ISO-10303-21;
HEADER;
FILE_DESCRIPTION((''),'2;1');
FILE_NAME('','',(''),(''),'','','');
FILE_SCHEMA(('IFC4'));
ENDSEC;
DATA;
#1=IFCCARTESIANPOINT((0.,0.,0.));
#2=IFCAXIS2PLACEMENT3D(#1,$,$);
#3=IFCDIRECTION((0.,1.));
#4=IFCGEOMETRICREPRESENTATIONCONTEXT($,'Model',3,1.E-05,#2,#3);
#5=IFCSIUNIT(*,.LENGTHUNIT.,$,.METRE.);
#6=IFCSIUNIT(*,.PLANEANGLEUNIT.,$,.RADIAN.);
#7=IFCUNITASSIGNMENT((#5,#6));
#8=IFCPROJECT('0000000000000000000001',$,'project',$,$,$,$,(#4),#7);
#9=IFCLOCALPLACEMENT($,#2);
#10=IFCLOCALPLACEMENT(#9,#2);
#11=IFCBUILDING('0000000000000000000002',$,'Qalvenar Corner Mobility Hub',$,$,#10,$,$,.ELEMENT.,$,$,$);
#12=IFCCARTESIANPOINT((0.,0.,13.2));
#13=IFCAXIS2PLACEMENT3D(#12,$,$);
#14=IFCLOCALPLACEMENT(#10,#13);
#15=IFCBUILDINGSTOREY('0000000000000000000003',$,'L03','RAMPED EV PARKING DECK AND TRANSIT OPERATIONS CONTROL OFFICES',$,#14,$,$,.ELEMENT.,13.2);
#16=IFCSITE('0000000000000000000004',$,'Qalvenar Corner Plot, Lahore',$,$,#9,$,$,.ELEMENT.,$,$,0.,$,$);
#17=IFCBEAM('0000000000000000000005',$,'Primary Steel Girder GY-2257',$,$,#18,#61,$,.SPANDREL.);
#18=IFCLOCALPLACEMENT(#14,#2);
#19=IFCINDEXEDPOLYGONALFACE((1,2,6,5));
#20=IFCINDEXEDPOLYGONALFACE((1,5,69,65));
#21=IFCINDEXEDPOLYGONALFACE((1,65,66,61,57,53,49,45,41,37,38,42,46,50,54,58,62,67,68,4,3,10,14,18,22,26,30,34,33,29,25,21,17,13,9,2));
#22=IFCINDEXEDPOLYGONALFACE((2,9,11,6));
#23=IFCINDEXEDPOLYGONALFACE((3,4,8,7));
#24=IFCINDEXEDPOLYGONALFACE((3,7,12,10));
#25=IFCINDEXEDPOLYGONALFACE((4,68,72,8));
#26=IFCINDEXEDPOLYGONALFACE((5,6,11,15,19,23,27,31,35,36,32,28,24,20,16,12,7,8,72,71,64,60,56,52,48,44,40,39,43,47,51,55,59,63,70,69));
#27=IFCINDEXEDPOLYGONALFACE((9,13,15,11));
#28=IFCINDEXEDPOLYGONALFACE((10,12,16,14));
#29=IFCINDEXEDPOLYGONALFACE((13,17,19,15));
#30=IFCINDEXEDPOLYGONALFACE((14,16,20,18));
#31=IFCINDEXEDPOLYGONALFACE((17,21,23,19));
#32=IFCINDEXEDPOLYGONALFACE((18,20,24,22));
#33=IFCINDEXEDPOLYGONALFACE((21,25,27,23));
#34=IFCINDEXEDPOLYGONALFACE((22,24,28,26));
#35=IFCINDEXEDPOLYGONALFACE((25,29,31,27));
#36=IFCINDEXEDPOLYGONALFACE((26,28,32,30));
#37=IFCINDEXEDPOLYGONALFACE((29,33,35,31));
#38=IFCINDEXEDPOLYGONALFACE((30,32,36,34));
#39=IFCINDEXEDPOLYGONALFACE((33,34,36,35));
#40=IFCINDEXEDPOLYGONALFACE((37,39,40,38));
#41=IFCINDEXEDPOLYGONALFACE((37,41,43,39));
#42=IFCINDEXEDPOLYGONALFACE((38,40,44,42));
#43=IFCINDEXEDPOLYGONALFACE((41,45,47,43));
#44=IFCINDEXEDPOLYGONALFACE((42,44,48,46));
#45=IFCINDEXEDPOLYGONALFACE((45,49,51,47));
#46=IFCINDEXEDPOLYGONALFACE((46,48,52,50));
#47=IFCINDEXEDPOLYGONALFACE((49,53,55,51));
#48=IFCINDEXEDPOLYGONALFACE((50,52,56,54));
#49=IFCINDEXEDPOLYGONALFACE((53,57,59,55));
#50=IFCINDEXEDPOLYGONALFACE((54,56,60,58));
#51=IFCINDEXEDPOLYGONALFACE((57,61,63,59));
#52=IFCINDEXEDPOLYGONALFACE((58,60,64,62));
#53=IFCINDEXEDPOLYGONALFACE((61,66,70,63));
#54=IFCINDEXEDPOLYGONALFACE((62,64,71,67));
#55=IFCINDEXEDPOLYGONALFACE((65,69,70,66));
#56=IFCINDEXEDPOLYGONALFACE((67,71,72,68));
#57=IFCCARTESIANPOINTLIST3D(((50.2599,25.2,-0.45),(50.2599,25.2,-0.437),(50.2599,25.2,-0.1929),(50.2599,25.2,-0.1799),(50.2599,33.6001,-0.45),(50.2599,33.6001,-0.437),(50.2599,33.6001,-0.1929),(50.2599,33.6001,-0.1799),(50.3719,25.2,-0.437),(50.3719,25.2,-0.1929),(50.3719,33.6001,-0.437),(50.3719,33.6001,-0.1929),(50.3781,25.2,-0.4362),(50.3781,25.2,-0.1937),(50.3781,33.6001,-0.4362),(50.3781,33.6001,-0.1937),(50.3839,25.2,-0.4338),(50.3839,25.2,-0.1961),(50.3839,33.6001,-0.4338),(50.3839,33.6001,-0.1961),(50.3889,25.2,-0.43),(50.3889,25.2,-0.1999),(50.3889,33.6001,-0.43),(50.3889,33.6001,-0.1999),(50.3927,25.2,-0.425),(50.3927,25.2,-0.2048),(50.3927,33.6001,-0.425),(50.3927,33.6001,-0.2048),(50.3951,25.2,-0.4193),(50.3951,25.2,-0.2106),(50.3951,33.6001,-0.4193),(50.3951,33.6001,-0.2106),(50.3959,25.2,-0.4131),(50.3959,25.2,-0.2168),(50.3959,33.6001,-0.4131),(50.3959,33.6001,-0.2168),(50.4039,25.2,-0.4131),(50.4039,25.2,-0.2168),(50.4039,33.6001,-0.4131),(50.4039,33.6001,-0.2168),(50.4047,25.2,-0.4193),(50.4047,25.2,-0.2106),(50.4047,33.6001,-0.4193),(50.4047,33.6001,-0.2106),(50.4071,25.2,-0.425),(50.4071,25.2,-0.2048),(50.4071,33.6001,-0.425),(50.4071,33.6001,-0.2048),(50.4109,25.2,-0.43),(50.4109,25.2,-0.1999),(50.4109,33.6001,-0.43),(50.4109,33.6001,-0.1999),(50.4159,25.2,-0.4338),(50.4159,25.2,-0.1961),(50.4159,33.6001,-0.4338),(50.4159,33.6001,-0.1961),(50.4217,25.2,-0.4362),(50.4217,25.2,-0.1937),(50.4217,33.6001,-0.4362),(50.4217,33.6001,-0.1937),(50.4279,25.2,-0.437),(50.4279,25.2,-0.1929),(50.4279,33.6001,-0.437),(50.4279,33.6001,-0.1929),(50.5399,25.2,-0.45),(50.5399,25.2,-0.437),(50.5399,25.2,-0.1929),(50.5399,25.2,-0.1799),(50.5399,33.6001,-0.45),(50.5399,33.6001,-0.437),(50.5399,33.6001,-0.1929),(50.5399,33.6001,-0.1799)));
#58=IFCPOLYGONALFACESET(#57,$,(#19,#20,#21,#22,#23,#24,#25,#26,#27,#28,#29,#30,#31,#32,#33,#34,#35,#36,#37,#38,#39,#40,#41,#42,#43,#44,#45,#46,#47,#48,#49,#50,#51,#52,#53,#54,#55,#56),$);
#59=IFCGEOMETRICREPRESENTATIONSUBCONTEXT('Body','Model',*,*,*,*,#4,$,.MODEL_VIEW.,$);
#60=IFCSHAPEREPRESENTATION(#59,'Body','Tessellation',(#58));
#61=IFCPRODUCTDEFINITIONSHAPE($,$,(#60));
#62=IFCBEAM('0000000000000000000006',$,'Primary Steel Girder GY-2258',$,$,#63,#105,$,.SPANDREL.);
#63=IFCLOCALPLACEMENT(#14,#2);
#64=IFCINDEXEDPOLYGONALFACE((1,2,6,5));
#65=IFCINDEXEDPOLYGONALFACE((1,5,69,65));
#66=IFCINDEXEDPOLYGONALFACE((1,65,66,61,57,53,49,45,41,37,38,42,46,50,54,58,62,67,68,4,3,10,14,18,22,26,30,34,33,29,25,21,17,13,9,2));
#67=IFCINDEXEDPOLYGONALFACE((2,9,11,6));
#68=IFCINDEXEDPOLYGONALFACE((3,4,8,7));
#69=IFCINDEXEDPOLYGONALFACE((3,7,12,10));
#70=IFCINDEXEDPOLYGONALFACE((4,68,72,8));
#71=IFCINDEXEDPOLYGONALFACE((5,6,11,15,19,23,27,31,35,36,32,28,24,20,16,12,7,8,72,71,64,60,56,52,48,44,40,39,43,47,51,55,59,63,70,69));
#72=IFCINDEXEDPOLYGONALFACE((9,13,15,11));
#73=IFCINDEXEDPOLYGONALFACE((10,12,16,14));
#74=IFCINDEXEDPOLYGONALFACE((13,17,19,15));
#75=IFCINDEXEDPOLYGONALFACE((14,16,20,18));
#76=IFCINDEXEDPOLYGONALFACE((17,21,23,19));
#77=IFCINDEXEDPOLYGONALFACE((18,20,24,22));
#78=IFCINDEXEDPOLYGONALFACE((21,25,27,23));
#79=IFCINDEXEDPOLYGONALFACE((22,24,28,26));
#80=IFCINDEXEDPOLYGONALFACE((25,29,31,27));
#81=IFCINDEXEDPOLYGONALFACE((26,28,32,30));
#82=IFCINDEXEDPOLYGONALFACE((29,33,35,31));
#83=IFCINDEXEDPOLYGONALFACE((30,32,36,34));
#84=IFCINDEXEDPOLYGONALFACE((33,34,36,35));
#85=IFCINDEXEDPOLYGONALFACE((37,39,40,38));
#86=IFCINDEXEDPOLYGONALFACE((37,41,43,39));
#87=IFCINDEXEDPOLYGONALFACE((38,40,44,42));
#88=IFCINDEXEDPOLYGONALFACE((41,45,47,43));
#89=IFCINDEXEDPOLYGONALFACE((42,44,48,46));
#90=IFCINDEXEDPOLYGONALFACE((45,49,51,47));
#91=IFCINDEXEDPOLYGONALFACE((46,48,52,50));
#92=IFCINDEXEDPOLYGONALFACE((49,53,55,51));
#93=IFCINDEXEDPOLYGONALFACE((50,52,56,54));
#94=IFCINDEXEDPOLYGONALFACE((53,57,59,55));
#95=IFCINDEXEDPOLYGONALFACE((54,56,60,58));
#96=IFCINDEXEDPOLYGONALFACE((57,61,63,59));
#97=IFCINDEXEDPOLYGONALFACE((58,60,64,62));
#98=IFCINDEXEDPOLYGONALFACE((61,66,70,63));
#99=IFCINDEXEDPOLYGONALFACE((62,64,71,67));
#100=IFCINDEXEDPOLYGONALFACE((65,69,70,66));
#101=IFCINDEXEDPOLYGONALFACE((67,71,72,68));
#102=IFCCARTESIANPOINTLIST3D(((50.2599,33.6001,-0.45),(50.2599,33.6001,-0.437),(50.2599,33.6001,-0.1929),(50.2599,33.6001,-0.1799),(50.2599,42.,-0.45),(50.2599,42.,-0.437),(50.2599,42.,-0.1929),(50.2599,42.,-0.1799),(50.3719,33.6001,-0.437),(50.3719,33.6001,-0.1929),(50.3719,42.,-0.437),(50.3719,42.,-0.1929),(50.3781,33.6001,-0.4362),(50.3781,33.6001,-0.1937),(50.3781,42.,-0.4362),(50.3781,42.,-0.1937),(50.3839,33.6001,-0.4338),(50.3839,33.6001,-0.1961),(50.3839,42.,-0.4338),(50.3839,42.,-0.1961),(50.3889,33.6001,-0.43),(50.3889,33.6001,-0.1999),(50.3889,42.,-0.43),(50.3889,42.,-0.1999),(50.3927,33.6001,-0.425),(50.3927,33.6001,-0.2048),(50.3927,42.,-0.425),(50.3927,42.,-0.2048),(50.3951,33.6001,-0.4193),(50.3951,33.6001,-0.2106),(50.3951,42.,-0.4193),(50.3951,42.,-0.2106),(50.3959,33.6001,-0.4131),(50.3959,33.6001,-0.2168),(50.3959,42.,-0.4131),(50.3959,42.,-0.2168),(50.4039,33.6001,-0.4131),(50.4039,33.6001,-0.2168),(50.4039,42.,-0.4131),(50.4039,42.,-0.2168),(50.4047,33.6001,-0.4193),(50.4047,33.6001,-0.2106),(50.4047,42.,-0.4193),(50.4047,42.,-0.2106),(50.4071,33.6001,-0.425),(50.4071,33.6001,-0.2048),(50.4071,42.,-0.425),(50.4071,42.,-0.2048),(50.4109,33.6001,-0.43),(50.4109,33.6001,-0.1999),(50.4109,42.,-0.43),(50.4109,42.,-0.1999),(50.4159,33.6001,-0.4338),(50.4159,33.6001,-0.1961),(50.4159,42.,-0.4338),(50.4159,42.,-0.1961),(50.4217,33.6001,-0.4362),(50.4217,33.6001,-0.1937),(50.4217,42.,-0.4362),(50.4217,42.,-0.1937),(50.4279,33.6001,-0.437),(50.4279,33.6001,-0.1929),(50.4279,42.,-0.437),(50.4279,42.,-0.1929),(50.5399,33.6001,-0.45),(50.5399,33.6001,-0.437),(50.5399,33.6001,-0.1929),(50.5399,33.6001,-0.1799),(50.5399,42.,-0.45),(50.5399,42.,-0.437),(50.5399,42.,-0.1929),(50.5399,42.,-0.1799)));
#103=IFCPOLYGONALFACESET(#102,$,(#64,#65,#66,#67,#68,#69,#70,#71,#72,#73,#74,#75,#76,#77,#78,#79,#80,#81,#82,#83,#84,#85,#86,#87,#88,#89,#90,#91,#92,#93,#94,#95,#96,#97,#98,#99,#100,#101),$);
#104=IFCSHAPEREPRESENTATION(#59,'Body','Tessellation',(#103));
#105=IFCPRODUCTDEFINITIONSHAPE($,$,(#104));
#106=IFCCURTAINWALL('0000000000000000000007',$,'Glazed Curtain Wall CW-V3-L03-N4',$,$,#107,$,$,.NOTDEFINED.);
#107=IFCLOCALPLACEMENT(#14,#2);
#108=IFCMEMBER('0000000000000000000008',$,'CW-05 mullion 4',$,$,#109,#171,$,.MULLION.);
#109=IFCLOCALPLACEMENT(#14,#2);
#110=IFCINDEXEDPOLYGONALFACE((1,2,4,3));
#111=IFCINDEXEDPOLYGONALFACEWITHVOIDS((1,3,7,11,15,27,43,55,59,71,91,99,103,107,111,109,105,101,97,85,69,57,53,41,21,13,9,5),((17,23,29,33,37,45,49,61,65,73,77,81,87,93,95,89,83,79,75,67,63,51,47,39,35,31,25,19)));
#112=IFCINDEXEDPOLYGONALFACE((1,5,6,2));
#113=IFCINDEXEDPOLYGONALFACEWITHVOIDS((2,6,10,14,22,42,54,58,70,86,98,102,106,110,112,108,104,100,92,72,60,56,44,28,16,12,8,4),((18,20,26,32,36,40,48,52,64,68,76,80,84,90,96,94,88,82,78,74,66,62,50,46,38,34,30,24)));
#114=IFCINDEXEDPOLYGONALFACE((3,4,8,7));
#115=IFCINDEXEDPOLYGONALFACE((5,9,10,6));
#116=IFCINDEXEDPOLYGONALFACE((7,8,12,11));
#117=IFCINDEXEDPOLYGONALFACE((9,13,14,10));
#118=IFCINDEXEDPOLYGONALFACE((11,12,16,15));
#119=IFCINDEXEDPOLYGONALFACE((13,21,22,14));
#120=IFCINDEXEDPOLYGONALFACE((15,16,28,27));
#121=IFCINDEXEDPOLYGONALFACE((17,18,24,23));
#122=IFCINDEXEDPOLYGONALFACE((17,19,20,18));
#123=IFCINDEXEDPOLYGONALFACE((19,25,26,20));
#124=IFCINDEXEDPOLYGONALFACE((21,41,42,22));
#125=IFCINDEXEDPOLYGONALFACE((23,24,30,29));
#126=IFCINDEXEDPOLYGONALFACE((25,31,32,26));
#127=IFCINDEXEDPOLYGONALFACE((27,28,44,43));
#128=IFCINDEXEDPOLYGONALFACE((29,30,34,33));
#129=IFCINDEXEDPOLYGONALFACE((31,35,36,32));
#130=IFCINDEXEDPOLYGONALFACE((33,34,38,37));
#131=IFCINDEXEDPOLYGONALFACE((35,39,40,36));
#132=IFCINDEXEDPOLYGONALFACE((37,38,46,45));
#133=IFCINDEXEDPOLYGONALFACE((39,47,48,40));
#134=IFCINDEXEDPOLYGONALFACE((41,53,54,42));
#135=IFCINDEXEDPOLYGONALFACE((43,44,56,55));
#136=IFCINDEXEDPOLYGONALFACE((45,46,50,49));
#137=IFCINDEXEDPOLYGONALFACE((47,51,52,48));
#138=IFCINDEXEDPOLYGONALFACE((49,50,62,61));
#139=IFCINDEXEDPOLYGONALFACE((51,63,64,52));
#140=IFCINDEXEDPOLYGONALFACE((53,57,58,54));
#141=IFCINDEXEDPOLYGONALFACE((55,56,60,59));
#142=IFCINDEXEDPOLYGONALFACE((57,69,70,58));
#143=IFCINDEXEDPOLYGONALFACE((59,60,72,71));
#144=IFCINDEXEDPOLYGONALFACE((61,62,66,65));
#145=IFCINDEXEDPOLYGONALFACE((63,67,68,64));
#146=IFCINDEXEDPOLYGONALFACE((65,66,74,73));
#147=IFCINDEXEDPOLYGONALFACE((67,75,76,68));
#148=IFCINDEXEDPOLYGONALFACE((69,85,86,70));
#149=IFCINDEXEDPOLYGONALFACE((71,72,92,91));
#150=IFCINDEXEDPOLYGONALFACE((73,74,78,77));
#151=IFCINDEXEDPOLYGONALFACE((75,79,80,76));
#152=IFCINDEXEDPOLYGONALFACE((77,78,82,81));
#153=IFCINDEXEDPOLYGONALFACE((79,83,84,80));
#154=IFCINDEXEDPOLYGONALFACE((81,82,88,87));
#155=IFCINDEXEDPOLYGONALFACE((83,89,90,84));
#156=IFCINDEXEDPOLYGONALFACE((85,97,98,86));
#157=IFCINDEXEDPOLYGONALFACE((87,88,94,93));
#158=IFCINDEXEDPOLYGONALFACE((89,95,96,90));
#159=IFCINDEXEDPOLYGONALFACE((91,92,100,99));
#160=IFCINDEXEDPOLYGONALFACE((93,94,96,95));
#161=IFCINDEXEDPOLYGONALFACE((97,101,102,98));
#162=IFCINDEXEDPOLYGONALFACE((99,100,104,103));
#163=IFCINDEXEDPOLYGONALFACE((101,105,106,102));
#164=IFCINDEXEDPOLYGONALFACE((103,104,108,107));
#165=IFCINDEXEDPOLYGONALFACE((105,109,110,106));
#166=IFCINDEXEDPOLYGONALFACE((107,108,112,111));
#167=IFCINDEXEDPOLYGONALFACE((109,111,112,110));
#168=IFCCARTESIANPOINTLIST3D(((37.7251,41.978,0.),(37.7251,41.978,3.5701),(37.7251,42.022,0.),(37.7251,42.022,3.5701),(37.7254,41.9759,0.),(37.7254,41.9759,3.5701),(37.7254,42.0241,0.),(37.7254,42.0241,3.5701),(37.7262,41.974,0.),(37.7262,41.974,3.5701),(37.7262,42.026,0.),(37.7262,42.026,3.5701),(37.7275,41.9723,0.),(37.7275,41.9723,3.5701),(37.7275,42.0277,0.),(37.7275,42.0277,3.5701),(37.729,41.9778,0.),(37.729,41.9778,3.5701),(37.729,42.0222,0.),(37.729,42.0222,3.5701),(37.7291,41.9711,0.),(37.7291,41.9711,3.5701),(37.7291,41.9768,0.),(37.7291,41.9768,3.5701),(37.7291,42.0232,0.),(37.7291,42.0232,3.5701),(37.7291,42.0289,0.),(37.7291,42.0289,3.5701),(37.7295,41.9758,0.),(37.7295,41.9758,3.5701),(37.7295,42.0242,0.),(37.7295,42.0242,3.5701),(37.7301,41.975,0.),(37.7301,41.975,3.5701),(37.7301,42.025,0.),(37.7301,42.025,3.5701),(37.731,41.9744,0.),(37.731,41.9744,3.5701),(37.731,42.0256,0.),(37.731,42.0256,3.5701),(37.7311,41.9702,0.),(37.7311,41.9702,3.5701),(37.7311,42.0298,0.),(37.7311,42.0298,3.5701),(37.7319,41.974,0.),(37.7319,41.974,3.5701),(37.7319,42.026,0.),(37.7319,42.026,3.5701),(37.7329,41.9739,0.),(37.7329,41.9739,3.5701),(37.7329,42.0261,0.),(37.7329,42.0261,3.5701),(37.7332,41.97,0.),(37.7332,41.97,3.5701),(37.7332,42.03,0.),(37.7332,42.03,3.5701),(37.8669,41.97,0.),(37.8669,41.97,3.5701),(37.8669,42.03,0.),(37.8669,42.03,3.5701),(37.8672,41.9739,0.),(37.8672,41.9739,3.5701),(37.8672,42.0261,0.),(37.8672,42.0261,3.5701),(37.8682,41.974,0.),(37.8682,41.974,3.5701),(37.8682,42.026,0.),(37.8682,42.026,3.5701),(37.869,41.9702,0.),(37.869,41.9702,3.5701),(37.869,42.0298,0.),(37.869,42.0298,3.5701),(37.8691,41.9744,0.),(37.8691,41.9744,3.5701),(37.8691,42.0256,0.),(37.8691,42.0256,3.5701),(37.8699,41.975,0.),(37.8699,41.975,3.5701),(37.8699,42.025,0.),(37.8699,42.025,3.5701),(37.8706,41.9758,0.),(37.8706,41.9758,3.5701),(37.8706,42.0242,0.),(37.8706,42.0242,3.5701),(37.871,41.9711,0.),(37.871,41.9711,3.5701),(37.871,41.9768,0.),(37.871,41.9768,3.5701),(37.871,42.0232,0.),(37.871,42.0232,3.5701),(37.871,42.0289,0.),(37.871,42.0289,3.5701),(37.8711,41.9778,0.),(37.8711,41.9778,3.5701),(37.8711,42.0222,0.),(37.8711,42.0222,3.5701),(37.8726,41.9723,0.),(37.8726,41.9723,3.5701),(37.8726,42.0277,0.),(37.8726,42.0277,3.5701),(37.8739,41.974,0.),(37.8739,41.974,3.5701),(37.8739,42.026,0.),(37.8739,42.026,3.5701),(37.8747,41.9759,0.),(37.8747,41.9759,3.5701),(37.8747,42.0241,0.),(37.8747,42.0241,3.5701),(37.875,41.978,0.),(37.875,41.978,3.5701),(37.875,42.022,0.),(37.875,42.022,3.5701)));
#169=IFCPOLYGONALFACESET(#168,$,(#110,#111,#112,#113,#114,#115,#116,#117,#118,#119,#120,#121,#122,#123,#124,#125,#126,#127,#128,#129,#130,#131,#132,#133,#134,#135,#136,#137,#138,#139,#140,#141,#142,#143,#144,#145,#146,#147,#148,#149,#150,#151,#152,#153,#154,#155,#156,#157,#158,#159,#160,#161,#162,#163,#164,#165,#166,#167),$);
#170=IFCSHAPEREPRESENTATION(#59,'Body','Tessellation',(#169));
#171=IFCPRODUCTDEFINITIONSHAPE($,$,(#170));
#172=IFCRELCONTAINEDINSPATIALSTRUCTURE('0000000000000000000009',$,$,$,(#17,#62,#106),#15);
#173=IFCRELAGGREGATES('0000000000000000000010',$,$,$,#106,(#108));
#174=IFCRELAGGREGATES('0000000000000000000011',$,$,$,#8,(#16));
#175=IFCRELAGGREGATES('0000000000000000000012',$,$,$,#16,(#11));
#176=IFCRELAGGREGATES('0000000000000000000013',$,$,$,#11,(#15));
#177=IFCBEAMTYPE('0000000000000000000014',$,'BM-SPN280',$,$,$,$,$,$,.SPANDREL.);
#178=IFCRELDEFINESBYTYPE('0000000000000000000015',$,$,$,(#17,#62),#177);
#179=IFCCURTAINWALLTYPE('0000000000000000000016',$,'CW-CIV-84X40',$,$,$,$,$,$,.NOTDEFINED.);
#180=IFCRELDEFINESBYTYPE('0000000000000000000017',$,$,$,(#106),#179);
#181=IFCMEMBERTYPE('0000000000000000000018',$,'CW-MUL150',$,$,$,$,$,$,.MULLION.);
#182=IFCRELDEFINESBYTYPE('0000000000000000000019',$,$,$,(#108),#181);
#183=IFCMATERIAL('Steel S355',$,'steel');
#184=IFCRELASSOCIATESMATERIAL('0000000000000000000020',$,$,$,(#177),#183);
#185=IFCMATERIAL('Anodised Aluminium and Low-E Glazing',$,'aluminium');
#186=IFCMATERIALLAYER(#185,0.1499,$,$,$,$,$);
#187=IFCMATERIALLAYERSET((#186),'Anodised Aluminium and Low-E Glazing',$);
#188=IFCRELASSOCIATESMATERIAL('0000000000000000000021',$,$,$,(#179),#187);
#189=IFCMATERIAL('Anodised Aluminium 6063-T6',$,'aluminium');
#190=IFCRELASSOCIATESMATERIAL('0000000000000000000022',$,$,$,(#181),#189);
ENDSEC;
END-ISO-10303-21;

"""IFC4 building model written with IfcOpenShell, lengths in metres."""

from ifc_helpers import new_model, si_unit, direction, frame, origin, origin_2d, place, context, subcontext, project, spatial, hollow_rectangle, i_section, extrude, material, layer, layer_set, material_profile, profile_set, type_object, element, aggregate, save


model = new_model("IFC4")

# Units and contexts
model_context = context("Model", 3, precision=1e-05, world=origin(), true_north=direction((0.0, 1.0)))
body_context = subcontext(model_context, "Body", "Model", "MODEL_VIEW")
ifc_project = project(units=[si_unit("LENGTHUNIT", "METRE"), si_unit("PLANEANGLEUNIT", "RADIAN")], contexts=[model_context])

# Site, building, storey
site_placement = place(None, origin())
site = spatial("IfcSite", under=ifc_project, at=site_placement, Name="Qalvenar Corner Plot, Lahore", CompositionType="ELEMENT", RefElevation=0.0)
building_placement = place(site_placement, origin())
building = spatial("IfcBuilding", under=site, at=building_placement, Name="Qalvenar Corner Mobility Hub", CompositionType="ELEMENT")
storey_placement = place(building_placement, frame((0.0, 0.0, 13.2)))
storey = spatial("IfcBuildingStorey", under=building, at=storey_placement, Name="L03", Description="RAMPED EV PARKING DECK AND TRANSIT OPERATIONS CONTROL OFFICES", CompositionType="ELEMENT", Elevation=13.2)

# Shared definitions
ifc_material_1 = material(Name="Steel S355", Category="steel")

# Beams
ifc_material_profile_1 = material_profile(ifc_material_1, i_section(OverallWidth=0.28, OverallDepth=0.27, WebThickness=0.0081, FlangeThickness=0.0129, FilletRadius=0.0239, at=origin_2d()), Name="HEA280")
ifc_profile_set_1 = profile_set([ifc_material_profile_1], Name="Steel S355")
beam_type_1 = type_object("IfcBeamType", Name="BM-SPN280", PredefinedType="SPANDREL", material=ifc_profile_set_1)
beam_1_placement = place(storey_placement, frame((50.3999, 25.2, -0.3149), z_axis=(0.0, 1.0, 0.0), x_axis=(-1.0, 0.0, 0.0)))
element("IfcBeam", 1, at=beam_1_placement, inside=storey, type_object=beam_type_1, Name="Primary Steel Girder GY-2257", PredefinedType="SPANDREL", context=body_context, shape_type="SweptSolid", body=[
    extrude(i_section(OverallWidth=0.28, OverallDepth=0.27, WebThickness=0.0081, FlangeThickness=0.0129, FilletRadius=0.0239, at=origin_2d()), origin(), (0.0, 0.0, 1.0), 8.4001),
])
beam_2_placement = place(storey_placement, frame((50.3999, 33.6001, -0.3149), z_axis=(0.0, 1.0, 0.0), x_axis=(-1.0, 0.0, 0.0)))
element("IfcBeam", 2, at=beam_2_placement, inside=storey, type_object=beam_type_1, Name="Primary Steel Girder GY-2258", PredefinedType="SPANDREL", context=body_context, shape_type="SweptSolid", body=[
    extrude(i_section(OverallWidth=0.28, OverallDepth=0.27, WebThickness=0.0081, FlangeThickness=0.0129, FilletRadius=0.0239, at=origin_2d()), origin(), (0.0, 0.0, 1.0), 8.3999),
])

# Curtain wall, member
ifc_material_2 = material(Name="Anodised Aluminium and Low-E Glazing", Category="aluminium")
ifc_layer_1 = layer(ifc_material_2, 0.1499)
ifc_layer_set_1 = layer_set([ifc_layer_1], Name="Anodised Aluminium and Low-E Glazing")
curtain_wall_type = type_object("IfcCurtainWallType", Name="CW-CIV-84X40", PredefinedType="NOTDEFINED", material=ifc_layer_set_1)
curtain_wall_placement = place(storey_placement, origin())
curtain_wall = element("IfcCurtainWall", 3, at=curtain_wall_placement, inside=storey, type_object=curtain_wall_type, Name="Glazed Curtain Wall CW-V3-L03-N4", PredefinedType="NOTDEFINED")
ifc_material_3 = material(Name="Anodised Aluminium 6063-T6", Category="aluminium")
ifc_material_profile_2 = material_profile(ifc_material_3, hollow_rectangle(XDim=0.0601, YDim=0.1499, WallThickness=0.0039, InnerFilletRadius=0.0039, OuterFilletRadius=0.0081, at=origin_2d()), Name="RHS150x60x4")
ifc_profile_set_2 = profile_set([ifc_material_profile_2], Name="Anodised Aluminium 6063-T6")
member_type_1 = type_object("IfcMemberType", Name="CW-MUL150", PredefinedType="MULLION", material=ifc_profile_set_2)
member_1_placement = place(storey_placement, frame((37.8, 42.0, 0.0), z_axis=(0.0, 0.0, 1.0), x_axis=(0.0, -1.0, 0.0)))
member_1 = element("IfcMember", 4, at=member_1_placement, type_object=member_type_1, Name="CW-05 mullion 4", PredefinedType="MULLION", context=body_context, shape_type="SweptSolid", body=[
    extrude(hollow_rectangle(XDim=0.0601, YDim=0.1499, WallThickness=0.0039, InnerFilletRadius=0.0039, OuterFilletRadius=0.0081, at=origin_2d()), origin(), (0.0, 0.0, 1.0), 3.5701),
])
aggregate(curtain_wall, [member_1])

save(model, "model.ifc")
